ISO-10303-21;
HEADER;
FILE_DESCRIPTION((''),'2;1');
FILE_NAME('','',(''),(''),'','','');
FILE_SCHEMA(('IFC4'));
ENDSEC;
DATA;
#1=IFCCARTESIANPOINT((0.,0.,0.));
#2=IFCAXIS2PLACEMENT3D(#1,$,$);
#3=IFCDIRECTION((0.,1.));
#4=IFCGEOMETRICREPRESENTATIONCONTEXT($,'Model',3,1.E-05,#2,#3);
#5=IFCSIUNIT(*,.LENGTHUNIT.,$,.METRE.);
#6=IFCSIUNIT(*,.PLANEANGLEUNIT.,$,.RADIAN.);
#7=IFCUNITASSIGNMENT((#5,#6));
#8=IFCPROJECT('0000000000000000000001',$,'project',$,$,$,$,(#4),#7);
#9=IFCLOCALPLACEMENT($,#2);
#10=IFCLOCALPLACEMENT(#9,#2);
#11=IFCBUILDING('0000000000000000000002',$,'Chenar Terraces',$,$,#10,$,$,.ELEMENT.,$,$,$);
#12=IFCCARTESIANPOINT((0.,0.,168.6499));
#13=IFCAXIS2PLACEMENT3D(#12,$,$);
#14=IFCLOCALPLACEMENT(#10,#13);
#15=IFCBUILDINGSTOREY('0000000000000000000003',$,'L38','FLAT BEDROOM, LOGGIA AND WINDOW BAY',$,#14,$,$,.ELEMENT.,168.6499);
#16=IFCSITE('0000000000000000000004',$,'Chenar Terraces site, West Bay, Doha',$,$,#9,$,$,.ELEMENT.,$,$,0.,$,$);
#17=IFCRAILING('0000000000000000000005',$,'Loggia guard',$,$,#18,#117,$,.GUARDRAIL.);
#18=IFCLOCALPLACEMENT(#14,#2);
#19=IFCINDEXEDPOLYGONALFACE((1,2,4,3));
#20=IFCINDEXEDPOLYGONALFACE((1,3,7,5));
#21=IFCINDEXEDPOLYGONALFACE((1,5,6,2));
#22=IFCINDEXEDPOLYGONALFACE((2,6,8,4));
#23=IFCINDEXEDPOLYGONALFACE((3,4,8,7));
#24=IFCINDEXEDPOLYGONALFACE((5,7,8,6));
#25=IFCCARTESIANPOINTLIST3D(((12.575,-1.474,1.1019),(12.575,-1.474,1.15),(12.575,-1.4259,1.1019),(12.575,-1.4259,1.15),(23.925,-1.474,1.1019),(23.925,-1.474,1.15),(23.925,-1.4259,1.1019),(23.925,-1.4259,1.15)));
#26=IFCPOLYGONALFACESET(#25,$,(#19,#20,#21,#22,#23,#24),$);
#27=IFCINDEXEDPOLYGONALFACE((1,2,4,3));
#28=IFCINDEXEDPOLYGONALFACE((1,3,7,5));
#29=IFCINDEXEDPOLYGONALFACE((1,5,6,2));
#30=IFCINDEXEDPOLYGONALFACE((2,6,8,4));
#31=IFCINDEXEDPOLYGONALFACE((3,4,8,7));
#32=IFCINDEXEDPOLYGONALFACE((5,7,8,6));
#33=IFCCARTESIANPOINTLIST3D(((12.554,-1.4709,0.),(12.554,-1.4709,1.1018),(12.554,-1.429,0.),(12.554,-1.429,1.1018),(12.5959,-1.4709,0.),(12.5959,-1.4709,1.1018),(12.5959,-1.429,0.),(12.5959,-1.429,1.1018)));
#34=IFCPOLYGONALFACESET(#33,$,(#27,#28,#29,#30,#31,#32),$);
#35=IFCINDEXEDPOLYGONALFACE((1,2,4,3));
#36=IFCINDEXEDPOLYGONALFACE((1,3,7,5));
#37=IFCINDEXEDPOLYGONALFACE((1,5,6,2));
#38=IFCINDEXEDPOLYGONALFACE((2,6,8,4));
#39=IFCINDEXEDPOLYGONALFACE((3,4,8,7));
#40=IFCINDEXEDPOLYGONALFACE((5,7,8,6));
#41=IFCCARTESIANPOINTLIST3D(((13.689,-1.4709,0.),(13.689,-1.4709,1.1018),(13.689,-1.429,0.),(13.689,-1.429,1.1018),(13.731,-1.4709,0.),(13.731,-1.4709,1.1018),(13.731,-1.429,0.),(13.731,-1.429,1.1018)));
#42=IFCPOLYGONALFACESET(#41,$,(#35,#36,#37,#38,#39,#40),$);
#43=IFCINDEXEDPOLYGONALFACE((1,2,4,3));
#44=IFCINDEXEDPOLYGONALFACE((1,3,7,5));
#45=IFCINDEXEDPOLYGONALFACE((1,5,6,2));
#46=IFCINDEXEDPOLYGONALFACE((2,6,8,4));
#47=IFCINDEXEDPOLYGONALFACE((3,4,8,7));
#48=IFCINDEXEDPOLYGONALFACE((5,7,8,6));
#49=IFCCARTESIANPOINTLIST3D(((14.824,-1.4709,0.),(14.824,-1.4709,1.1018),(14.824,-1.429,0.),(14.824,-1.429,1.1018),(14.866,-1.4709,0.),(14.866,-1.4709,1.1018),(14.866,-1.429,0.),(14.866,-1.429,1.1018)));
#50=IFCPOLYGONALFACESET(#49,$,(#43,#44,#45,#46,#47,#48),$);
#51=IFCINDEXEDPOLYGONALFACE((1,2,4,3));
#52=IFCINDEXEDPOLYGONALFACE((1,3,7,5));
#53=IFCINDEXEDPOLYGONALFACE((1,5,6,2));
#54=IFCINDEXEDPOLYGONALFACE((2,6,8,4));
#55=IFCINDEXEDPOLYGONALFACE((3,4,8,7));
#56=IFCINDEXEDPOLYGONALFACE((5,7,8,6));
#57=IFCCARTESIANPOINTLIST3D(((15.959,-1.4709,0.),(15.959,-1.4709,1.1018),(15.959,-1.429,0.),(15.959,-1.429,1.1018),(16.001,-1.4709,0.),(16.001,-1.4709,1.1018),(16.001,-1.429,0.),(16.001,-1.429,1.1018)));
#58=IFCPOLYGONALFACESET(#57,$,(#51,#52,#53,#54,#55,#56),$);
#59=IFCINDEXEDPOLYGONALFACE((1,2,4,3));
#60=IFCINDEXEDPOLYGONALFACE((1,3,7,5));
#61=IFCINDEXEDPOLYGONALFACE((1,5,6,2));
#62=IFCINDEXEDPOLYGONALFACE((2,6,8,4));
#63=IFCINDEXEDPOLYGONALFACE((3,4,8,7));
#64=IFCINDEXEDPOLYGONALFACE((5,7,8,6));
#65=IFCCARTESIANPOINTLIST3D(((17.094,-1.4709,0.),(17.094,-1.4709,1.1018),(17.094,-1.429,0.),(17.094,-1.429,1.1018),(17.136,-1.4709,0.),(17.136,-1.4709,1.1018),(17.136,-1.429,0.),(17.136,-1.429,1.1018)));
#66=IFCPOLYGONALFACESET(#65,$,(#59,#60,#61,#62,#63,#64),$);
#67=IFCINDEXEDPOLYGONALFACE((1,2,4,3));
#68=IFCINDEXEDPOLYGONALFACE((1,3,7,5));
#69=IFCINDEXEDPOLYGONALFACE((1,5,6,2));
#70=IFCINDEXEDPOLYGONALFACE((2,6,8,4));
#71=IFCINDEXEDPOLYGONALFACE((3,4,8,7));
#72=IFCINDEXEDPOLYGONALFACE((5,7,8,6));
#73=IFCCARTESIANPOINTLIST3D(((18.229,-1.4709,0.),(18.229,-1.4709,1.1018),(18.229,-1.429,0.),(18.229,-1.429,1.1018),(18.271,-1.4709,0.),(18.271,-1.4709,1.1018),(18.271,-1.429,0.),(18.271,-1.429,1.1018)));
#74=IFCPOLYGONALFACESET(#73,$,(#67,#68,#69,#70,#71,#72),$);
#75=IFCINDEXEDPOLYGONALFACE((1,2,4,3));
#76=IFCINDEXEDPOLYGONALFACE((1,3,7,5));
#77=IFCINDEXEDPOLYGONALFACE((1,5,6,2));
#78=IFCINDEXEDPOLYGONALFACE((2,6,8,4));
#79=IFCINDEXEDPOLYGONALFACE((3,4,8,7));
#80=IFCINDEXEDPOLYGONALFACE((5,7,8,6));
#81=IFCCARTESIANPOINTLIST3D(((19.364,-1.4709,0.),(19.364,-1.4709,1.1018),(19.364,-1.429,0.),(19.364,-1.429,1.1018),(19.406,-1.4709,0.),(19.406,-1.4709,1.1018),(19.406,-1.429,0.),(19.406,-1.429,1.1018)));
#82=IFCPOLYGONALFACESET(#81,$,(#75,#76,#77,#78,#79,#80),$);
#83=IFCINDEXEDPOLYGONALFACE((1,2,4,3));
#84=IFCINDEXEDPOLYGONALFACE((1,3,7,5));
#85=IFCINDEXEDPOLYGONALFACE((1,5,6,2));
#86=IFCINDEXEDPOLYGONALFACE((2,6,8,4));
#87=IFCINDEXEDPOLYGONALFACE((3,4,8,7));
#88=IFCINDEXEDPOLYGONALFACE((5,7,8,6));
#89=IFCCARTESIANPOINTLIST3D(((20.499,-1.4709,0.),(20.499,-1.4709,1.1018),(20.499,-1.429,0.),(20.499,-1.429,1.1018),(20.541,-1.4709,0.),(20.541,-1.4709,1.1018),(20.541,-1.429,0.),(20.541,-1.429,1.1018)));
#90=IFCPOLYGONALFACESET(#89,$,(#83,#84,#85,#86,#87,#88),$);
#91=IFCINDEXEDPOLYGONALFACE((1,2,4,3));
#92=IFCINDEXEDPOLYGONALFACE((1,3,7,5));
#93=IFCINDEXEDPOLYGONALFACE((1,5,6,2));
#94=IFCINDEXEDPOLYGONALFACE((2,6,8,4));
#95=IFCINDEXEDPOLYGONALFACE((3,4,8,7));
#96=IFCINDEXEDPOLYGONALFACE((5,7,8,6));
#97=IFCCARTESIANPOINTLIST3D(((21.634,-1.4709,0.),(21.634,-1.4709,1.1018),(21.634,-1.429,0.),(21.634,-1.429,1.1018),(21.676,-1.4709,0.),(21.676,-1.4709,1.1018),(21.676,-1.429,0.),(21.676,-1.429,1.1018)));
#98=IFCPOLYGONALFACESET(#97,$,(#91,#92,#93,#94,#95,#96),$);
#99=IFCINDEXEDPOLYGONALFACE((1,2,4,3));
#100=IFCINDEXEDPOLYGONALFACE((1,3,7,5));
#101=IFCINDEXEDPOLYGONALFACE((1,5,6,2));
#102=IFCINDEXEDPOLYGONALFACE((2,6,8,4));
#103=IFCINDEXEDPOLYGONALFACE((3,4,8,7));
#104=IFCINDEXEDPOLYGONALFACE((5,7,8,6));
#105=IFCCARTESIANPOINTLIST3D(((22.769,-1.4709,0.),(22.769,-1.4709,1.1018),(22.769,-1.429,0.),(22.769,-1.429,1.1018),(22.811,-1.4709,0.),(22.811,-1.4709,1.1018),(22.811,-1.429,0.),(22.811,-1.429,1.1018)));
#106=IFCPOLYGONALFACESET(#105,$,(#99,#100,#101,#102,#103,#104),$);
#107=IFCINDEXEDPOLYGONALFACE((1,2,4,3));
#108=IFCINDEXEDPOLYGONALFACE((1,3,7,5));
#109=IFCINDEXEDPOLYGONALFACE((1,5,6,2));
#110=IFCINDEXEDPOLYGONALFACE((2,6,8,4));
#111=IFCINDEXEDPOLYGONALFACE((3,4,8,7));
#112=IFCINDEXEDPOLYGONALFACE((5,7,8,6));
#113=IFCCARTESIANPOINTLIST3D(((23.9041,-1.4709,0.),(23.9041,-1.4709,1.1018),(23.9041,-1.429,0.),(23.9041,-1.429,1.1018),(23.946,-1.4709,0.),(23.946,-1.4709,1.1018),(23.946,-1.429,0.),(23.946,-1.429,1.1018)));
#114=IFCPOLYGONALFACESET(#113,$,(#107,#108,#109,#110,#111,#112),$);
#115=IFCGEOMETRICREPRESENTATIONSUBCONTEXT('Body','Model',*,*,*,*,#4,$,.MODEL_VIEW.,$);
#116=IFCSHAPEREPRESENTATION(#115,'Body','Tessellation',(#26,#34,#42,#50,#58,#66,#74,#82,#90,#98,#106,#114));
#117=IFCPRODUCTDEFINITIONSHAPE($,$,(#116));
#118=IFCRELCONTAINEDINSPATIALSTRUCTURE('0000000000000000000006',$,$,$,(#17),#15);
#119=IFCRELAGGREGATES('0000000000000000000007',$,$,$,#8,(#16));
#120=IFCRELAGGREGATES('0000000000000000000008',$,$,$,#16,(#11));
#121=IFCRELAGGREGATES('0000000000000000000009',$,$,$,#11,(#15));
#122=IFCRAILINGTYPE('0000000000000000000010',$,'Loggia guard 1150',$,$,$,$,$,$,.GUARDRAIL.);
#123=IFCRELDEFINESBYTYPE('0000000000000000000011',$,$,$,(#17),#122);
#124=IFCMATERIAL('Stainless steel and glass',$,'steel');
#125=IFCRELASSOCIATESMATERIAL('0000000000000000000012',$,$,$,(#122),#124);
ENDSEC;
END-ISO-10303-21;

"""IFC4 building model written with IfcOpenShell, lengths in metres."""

from ifc_helpers import new_model, si_unit, direction, frame, origin, origin_2d, place, context, subcontext, project, spatial, rectangle, extrude, material, type_object, element, save


model = new_model("IFC4")

# Units and contexts
model_context = context("Model", 3, precision=1e-05, world=origin(), true_north=direction((0.0, 1.0)))
body_context = subcontext(model_context, "Body", "Model", "MODEL_VIEW")
ifc_project = project(units=[si_unit("LENGTHUNIT", "METRE"), si_unit("PLANEANGLEUNIT", "RADIAN")], contexts=[model_context])

# Site, building, storey
site_placement = place(None, origin())
site = spatial("IfcSite", under=ifc_project, at=site_placement, Name="Chenar Terraces site, West Bay, Doha", CompositionType="ELEMENT", RefElevation=0.0)
building_placement = place(site_placement, origin())
building = spatial("IfcBuilding", under=site, at=building_placement, Name="Chenar Terraces", CompositionType="ELEMENT")
storey_placement = place(building_placement, frame((0.0, 0.0, 168.6499)))
storey = spatial("IfcBuildingStorey", under=building, at=storey_placement, Name="L38", Description="FLAT BEDROOM, LOGGIA AND WINDOW BAY", CompositionType="ELEMENT", Elevation=168.6499)

# Railing
ifc_material_1 = material(Name="Stainless steel and glass", Category="steel")
railing_type = type_object("IfcRailingType", Name="Loggia guard 1150", PredefinedType="GUARDRAIL", material=ifc_material_1)
railing_placement = place(storey_placement, frame((12.575, -1.45, 0.0)))
element("IfcRailing", 1, at=railing_placement, inside=storey, type_object=railing_type, Name="Loggia guard", PredefinedType="GUARDRAIL", context=body_context, shape_type="SweptSolid", body=[
    extrude(rectangle(XDim=0.0481, YDim=0.0481, at=origin_2d()), frame((0.0, 0.0, 1.126), z_axis=(1.0, 0.0, 0.0), x_axis=(0.0, 1.0, 0.0)), (0.0, 0.0, 1.0), 11.3501),
    extrude(rectangle(XDim=0.042, YDim=0.042, at=origin_2d()), origin(), (0.0, 0.0, 1.0), 1.1018),
    extrude(rectangle(XDim=0.042, YDim=0.042, at=origin_2d()), frame((1.135, 0.0, 0.0)), (0.0, 0.0, 1.0), 1.1018),
    extrude(rectangle(XDim=0.042, YDim=0.042, at=origin_2d()), frame((2.27, 0.0, 0.0)), (0.0, 0.0, 1.0), 1.1018),
    extrude(rectangle(XDim=0.042, YDim=0.042, at=origin_2d()), frame((3.405, 0.0, 0.0)), (0.0, 0.0, 1.0), 1.1018),
    extrude(rectangle(XDim=0.042, YDim=0.042, at=origin_2d()), frame((4.54, 0.0, 0.0)), (0.0, 0.0, 1.0), 1.1018),
    extrude(rectangle(XDim=0.042, YDim=0.042, at=origin_2d()), frame((5.675, 0.0, 0.0)), (0.0, 0.0, 1.0), 1.1018),
    extrude(rectangle(XDim=0.042, YDim=0.042, at=origin_2d()), frame((6.8101, 0.0, 0.0)), (0.0, 0.0, 1.0), 1.1018),
    extrude(rectangle(XDim=0.042, YDim=0.042, at=origin_2d()), frame((7.9451, 0.0, 0.0)), (0.0, 0.0, 1.0), 1.1018),
    extrude(rectangle(XDim=0.042, YDim=0.042, at=origin_2d()), frame((9.0801, 0.0, 0.0)), (0.0, 0.0, 1.0), 1.1018),
    extrude(rectangle(XDim=0.042, YDim=0.042, at=origin_2d()), frame((10.2151, 0.0, 0.0)), (0.0, 0.0, 1.0), 1.1018),
    extrude(rectangle(XDim=0.042, YDim=0.042, at=origin_2d()), frame((11.3501, 0.0, 0.0)), (0.0, 0.0, 1.0), 1.1018),
])

save(model, "model.ifc")
